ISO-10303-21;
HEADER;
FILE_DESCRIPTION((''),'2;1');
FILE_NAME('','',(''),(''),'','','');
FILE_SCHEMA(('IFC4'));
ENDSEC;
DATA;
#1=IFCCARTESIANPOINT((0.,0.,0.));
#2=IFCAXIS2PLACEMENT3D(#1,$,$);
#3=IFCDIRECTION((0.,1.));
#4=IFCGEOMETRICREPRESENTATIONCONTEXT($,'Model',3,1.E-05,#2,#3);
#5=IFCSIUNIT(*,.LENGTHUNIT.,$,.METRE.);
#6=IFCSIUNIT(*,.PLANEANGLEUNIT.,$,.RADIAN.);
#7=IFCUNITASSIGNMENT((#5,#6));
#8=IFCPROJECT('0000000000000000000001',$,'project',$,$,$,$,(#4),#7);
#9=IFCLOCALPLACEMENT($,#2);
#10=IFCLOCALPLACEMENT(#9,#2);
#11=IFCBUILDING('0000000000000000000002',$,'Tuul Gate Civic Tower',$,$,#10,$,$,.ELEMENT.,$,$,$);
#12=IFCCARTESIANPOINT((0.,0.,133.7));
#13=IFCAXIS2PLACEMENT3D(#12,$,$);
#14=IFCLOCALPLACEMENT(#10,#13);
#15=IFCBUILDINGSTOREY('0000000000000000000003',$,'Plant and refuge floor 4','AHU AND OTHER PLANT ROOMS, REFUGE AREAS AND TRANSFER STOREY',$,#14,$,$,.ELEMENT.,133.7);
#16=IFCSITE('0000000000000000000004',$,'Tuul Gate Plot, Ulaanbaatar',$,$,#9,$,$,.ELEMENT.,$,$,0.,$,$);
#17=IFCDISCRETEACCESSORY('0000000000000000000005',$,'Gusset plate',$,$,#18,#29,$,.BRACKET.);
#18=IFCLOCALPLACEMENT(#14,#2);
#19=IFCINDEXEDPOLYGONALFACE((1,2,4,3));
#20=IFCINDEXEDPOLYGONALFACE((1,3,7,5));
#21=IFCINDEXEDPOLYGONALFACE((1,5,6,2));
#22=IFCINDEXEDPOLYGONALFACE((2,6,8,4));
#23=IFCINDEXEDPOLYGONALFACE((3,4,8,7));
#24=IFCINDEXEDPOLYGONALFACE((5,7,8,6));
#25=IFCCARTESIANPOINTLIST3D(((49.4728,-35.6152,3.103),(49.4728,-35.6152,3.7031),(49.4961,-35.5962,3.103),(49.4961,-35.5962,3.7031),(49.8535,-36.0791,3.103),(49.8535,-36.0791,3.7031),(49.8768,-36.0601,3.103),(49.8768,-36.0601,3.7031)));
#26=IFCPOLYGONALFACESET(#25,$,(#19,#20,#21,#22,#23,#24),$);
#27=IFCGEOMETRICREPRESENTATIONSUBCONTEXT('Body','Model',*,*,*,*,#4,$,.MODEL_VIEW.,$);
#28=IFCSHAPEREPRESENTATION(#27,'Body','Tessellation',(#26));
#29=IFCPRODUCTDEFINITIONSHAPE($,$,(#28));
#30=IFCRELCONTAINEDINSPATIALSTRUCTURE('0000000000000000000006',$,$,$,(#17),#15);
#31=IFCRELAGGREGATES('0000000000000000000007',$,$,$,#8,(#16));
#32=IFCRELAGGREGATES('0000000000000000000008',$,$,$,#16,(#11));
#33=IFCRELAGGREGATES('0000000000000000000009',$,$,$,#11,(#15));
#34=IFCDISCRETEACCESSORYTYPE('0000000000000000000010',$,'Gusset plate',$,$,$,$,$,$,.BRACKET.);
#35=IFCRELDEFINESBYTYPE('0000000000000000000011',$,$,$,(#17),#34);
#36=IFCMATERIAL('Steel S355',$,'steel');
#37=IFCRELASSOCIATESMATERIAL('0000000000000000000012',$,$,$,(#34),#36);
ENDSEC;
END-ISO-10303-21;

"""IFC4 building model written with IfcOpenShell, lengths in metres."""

from ifc_helpers import new_model, si_unit, direction, frame, origin, origin_2d, place, context, subcontext, project, spatial, rectangle, extrude, material, type_object, element, save


model = new_model("IFC4")

# Units and contexts
model_context = context("Model", 3, precision=1e-05, world=origin(), true_north=direction((0.0, 1.0)))
body_context = subcontext(model_context, "Body", "Model", "MODEL_VIEW")
ifc_project = project(units=[si_unit("LENGTHUNIT", "METRE"), si_unit("PLANEANGLEUNIT", "RADIAN")], contexts=[model_context])

# Site, building, storey
site_placement = place(None, origin())
site = spatial("IfcSite", under=ifc_project, at=site_placement, Name="Tuul Gate Plot, Ulaanbaatar", CompositionType="ELEMENT", RefElevation=0.0)
building_placement = place(site_placement, origin())
building = spatial("IfcBuilding", under=site, at=building_placement, Name="Tuul Gate Civic Tower", CompositionType="ELEMENT")
storey_placement = place(building_placement, frame((0.0, 0.0, 133.7)))
storey = spatial("IfcBuildingStorey", under=building, at=storey_placement, Name="Plant and refuge floor 4", Description="AHU AND OTHER PLANT ROOMS, REFUGE AREAS AND TRANSFER STOREY", CompositionType="ELEMENT", Elevation=133.7)

# Discrete accessory
ifc_material_1 = material(Name="Steel S355", Category="steel")
discrete_accessory_type = type_object("IfcDiscreteAccessoryType", Name="Gusset plate", PredefinedType="BRACKET", material=ifc_material_1)
for number, where, z_axis, x_axis, name in (
    (1, (49.6748, -35.8376, 3.103), (0.0, 0.0, 1.0), (-0.6344, 0.773005, 0.0), "Gusset plate"),
):
    element("IfcDiscreteAccessory", number, at=place(storey_placement, frame(where, z_axis=z_axis, x_axis=x_axis)), inside=storey, type_object=discrete_accessory_type, Name=name, PredefinedType="BRACKET", context=body_context, shape_type="SweptSolid", body=[
        extrude(rectangle(XDim=0.6001, YDim=0.03, at=origin_2d()), origin(), (0.0, 0.0, 1.0), 0.6001),
    ])

save(model, "model.ifc")
